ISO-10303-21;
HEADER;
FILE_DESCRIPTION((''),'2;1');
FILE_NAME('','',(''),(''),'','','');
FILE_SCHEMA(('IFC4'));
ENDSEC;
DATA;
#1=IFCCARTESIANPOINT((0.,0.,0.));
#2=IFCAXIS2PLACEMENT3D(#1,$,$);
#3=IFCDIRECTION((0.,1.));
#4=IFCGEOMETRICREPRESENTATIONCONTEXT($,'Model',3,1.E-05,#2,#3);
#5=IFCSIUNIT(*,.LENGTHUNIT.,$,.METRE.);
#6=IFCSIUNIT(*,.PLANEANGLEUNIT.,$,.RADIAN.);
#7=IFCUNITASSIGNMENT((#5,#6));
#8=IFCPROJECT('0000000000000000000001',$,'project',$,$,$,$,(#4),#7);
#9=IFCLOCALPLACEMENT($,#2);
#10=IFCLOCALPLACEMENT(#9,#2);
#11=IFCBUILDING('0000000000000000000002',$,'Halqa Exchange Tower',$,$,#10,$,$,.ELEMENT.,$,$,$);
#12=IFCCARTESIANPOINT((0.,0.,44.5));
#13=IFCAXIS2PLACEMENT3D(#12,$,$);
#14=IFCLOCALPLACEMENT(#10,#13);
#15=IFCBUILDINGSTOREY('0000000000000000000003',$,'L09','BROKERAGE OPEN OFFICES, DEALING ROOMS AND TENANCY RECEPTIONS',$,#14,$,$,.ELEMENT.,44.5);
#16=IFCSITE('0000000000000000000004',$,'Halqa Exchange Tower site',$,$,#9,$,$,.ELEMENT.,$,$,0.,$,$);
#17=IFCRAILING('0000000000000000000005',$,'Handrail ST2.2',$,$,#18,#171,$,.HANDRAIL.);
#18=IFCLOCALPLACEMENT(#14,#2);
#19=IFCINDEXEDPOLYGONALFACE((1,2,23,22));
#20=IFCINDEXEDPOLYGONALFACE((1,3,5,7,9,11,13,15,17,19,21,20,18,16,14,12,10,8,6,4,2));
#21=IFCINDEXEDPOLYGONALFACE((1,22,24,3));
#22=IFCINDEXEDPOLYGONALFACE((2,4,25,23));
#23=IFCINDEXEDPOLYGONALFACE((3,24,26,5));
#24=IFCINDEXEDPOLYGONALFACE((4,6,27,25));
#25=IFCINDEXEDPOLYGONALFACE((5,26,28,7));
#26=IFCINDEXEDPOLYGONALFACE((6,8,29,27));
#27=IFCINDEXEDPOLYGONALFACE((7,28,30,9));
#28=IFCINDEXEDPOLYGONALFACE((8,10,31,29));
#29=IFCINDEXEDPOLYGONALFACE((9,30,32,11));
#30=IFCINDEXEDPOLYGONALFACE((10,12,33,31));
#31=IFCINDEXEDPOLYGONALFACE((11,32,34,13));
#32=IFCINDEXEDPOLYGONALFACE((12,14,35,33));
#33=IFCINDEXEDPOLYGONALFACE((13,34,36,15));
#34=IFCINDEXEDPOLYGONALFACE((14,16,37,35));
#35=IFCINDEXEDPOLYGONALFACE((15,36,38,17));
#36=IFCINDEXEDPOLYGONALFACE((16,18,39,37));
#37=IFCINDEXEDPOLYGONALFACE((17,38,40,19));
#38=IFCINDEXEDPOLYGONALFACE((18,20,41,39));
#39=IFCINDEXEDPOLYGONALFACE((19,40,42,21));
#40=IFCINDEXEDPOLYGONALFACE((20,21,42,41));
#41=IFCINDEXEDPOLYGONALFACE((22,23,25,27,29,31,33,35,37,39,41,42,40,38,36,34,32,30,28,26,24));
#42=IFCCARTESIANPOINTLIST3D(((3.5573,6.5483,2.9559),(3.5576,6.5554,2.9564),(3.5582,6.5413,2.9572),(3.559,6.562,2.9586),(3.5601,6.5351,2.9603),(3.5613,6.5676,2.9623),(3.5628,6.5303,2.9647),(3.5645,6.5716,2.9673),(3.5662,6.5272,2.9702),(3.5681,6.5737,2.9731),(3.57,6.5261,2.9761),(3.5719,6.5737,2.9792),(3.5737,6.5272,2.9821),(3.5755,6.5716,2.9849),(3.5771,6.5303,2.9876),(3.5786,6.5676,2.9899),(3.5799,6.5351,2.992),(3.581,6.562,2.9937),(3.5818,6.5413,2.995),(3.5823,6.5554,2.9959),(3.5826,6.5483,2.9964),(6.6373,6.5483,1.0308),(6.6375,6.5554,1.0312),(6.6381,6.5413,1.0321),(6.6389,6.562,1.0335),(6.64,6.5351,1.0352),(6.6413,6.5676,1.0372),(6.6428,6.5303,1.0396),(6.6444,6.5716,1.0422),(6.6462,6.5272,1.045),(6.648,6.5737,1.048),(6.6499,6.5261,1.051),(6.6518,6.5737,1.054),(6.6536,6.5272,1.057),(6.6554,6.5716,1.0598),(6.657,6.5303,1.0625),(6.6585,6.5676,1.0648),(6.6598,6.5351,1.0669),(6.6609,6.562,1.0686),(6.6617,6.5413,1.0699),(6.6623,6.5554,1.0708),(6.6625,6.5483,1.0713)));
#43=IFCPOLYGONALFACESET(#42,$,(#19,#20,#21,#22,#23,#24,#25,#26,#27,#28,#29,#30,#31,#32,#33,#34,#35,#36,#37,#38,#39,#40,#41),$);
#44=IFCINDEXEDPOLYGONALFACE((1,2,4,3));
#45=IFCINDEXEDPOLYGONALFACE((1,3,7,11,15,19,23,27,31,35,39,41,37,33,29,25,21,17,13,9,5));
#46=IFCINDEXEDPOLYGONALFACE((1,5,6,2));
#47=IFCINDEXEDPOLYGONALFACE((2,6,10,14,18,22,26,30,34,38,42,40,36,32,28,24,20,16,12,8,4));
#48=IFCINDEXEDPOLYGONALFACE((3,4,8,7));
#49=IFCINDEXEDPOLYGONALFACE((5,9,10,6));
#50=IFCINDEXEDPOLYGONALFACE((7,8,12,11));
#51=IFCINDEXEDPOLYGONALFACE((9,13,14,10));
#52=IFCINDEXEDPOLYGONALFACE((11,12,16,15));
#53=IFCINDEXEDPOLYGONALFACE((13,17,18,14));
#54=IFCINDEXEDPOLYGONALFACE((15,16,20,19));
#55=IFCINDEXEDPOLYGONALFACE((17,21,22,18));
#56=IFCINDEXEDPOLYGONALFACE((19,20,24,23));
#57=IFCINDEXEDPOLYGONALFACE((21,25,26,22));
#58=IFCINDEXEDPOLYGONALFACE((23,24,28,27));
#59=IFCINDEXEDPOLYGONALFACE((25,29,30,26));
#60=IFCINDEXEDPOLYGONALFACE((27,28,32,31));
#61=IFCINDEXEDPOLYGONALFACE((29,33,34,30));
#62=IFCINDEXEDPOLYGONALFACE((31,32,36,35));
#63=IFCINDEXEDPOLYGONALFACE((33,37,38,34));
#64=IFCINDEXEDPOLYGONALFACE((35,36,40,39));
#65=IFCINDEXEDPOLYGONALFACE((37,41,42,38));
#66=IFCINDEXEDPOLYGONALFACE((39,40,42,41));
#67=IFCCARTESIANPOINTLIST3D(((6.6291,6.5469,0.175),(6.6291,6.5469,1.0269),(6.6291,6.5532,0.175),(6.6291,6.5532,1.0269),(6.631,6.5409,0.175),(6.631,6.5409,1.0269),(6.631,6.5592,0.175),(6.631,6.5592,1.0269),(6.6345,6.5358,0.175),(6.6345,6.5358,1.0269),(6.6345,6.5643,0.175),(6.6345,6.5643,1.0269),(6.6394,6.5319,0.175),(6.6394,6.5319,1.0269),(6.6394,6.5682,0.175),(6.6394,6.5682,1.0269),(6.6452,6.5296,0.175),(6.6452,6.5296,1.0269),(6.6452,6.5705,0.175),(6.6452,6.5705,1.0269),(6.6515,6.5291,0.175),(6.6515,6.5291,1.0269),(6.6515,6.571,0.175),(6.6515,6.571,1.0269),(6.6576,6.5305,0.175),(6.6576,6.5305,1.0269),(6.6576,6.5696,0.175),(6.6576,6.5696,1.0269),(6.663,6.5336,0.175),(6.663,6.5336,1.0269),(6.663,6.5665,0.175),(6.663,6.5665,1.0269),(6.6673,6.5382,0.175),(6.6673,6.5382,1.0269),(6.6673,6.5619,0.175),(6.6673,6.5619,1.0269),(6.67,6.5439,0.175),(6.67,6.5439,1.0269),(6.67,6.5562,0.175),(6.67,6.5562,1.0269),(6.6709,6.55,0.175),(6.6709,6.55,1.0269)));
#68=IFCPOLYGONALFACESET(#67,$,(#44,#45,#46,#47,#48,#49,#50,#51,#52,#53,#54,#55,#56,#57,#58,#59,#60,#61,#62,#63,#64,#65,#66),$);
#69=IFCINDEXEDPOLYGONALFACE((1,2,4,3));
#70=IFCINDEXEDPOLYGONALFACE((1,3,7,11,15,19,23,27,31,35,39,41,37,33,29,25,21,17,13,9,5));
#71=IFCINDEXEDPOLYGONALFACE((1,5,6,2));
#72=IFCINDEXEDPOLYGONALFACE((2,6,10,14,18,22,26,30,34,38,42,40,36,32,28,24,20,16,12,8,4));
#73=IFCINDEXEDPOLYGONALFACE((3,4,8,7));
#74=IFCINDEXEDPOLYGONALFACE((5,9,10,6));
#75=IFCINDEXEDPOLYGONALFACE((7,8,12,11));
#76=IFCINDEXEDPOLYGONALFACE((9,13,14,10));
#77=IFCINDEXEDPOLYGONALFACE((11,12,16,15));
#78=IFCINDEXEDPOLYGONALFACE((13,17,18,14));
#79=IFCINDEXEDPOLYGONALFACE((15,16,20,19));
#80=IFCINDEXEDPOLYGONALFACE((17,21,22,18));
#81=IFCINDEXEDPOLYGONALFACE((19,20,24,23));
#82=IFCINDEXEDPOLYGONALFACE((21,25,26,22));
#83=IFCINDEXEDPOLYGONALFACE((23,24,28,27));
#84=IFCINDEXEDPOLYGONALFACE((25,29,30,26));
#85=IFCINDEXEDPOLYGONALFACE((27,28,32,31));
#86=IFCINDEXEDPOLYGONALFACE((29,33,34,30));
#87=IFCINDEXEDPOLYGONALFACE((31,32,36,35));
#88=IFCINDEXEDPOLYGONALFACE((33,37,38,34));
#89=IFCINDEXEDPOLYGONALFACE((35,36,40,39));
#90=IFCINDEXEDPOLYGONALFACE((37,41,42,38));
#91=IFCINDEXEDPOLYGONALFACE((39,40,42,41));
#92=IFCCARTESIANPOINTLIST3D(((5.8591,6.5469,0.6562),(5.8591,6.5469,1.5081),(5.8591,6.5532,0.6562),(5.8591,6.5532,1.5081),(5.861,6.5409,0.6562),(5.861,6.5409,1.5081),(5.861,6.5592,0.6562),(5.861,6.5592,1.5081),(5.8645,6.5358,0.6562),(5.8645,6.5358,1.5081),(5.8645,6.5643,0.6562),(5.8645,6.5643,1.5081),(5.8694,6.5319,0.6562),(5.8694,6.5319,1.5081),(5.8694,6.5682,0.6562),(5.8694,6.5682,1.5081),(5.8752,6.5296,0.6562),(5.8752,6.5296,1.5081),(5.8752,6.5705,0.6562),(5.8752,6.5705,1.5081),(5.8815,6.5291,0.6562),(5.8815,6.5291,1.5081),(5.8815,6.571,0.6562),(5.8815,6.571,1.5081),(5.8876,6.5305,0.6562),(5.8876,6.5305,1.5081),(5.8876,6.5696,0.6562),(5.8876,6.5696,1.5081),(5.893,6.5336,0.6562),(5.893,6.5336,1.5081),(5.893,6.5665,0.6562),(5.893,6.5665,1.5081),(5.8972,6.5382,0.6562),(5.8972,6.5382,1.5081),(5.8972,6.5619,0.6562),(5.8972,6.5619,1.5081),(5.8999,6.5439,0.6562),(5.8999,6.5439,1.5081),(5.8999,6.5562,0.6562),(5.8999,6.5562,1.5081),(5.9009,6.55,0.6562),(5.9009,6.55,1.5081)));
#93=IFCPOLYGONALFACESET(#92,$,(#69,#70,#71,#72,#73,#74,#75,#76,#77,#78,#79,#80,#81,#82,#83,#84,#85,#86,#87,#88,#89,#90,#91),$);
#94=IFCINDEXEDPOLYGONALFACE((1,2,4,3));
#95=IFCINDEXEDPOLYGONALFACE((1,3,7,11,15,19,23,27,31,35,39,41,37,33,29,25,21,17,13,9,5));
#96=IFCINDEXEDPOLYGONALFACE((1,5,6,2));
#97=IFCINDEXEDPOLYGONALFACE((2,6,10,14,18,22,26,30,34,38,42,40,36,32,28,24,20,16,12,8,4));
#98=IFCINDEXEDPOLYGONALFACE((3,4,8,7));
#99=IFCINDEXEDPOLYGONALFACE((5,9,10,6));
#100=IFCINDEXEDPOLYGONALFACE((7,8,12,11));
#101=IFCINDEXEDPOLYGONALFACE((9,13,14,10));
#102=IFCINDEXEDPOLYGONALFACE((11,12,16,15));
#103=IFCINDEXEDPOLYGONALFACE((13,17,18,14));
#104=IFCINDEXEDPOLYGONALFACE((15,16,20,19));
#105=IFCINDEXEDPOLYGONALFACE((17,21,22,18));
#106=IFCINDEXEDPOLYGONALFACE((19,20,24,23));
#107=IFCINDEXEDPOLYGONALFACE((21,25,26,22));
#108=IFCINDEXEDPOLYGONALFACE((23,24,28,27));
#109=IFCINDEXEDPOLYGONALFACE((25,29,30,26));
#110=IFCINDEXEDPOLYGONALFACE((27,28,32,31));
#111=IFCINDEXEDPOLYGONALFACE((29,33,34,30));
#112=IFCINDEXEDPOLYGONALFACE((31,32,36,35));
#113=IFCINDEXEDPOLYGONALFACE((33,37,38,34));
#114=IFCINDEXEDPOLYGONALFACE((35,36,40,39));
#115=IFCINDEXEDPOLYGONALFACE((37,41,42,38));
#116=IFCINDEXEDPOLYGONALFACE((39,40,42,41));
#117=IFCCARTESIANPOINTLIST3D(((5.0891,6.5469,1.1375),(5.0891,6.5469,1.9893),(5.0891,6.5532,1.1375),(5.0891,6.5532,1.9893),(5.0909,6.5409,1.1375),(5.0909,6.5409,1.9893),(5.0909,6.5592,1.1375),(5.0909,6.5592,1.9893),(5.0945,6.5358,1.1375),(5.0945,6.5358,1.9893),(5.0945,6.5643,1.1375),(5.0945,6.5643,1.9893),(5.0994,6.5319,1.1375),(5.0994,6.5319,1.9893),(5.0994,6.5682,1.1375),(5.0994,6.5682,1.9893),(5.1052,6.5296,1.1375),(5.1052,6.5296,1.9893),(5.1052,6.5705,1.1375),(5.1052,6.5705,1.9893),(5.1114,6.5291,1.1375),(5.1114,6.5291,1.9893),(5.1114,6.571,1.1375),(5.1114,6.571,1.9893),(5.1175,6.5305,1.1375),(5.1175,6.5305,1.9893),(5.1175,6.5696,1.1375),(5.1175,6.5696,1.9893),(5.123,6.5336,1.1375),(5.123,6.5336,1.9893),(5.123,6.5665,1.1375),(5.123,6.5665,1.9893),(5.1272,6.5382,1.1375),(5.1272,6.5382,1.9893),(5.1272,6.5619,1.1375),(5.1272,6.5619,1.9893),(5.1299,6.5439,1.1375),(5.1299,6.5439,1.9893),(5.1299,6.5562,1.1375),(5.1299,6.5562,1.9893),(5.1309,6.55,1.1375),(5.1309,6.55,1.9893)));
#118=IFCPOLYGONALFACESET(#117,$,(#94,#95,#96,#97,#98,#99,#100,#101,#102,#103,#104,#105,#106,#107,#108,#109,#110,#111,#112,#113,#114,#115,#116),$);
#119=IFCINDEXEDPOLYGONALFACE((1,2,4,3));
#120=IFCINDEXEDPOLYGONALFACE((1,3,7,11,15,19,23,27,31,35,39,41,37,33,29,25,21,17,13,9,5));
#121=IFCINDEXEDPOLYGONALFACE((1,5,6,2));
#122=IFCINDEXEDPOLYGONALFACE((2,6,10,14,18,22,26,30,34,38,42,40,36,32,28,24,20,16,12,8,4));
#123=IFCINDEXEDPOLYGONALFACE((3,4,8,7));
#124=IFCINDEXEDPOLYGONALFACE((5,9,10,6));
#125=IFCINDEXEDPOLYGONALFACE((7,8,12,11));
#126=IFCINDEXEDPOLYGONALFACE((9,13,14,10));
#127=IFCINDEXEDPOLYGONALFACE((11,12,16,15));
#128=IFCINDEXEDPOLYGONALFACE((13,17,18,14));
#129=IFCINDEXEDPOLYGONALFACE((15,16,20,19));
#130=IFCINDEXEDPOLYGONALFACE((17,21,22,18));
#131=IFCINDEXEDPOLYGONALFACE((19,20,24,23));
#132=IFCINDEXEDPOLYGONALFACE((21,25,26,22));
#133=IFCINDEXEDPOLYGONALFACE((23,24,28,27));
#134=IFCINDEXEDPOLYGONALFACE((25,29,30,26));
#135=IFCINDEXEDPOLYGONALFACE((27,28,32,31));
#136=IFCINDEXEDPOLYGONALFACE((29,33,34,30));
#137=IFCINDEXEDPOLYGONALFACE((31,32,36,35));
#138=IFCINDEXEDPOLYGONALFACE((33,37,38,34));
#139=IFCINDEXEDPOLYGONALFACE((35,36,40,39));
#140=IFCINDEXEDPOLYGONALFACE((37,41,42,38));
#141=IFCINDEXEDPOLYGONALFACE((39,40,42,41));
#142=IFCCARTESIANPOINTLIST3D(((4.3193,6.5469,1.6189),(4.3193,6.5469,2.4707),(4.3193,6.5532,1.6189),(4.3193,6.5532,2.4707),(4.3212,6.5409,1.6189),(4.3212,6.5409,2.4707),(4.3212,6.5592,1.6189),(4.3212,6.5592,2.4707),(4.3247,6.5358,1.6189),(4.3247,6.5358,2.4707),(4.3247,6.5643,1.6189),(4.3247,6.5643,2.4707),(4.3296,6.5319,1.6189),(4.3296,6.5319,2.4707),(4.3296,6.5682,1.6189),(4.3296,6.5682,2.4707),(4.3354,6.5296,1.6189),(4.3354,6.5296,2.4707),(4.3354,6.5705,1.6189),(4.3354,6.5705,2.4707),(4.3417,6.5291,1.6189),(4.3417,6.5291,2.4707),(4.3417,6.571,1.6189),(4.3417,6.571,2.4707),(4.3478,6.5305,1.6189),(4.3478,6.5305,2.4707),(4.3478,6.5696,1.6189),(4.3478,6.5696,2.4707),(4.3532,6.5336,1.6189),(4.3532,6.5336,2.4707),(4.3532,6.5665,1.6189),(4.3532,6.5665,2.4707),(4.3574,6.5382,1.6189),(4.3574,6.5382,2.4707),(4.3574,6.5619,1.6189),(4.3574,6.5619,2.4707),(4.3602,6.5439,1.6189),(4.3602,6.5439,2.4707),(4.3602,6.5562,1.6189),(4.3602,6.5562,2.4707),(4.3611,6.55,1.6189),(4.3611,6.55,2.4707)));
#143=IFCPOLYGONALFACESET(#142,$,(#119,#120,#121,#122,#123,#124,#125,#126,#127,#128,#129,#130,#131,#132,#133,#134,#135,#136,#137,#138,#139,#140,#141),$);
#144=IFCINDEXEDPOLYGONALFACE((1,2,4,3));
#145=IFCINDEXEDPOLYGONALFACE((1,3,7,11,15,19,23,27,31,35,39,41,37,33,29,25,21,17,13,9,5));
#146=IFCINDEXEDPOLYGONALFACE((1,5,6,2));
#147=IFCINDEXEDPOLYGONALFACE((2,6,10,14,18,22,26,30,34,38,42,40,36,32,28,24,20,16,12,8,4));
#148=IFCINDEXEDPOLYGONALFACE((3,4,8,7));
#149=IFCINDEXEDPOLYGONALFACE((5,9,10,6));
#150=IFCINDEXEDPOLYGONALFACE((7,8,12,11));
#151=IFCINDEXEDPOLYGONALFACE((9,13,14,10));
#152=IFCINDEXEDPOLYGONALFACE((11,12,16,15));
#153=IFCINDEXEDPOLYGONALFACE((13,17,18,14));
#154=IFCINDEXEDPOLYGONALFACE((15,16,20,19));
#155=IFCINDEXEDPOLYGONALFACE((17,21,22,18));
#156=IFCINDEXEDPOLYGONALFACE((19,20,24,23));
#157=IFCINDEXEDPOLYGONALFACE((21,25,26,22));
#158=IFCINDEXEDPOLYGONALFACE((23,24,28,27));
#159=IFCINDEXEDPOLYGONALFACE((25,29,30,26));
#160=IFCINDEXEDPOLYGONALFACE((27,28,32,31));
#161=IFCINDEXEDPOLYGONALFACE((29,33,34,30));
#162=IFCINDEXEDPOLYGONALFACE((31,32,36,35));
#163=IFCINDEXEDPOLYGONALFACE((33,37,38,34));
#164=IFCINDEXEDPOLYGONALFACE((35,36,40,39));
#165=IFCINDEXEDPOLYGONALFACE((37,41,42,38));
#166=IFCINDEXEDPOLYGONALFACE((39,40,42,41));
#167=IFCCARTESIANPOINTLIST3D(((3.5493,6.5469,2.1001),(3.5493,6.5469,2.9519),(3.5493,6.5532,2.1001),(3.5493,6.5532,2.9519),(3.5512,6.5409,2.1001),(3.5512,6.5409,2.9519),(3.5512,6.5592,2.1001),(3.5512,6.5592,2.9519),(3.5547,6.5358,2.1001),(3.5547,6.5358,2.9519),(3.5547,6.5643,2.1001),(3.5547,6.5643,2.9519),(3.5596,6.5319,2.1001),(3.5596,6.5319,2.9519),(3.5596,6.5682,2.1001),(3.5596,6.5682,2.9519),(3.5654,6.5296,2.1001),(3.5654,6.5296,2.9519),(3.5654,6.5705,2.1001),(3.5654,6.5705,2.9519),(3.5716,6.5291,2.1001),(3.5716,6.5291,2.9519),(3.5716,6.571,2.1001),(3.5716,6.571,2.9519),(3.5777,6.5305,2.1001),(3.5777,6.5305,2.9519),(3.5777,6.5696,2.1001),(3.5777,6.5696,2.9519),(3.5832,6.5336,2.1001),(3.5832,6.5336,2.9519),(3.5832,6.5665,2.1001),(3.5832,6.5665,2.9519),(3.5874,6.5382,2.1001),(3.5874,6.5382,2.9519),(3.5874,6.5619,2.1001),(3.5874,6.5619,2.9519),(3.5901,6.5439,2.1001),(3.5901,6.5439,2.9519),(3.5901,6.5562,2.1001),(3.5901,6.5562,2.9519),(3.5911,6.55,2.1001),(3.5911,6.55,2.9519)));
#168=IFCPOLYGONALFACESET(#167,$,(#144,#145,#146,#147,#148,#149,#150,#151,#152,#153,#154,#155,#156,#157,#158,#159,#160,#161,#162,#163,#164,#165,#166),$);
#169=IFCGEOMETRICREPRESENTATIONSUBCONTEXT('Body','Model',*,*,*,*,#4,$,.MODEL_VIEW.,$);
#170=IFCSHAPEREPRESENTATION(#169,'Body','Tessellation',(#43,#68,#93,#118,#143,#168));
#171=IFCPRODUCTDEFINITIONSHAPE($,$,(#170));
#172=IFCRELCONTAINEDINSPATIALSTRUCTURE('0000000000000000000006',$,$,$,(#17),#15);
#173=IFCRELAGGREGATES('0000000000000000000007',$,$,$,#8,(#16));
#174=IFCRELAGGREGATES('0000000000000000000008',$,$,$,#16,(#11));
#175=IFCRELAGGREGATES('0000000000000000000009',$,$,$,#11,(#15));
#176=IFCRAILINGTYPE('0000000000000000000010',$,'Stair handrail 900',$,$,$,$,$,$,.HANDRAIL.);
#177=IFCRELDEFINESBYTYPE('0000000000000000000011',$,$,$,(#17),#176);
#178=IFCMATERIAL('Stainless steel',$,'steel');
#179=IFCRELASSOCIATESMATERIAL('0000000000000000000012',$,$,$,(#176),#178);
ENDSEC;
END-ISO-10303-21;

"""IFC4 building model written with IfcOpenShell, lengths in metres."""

from ifc_helpers import new_model, si_unit, direction, frame, origin, origin_2d, place, context, subcontext, project, spatial, circle, extrude, material, type_object, element, save


model = new_model("IFC4")

# Units and contexts
model_context = context("Model", 3, precision=1e-05, world=origin(), true_north=direction((0.0, 1.0)))
body_context = subcontext(model_context, "Body", "Model", "MODEL_VIEW")
ifc_project = project(units=[si_unit("LENGTHUNIT", "METRE"), si_unit("PLANEANGLEUNIT", "RADIAN")], contexts=[model_context])

# Site, building, storey
site_placement = place(None, origin())
site = spatial("IfcSite", under=ifc_project, at=site_placement, Name="Halqa Exchange Tower site", CompositionType="ELEMENT", RefElevation=0.0)
building_placement = place(site_placement, origin())
building = spatial("IfcBuilding", under=site, at=building_placement, Name="Halqa Exchange Tower", CompositionType="ELEMENT")
storey_placement = place(building_placement, frame((0.0, 0.0, 44.5)))
storey = spatial("IfcBuildingStorey", under=building, at=storey_placement, Name="L09", Description="BROKERAGE OPEN OFFICES, DEALING ROOMS AND TENANCY RECEPTIONS", CompositionType="ELEMENT", Elevation=44.5)

# Railing
ifc_material_1 = material(Name="Stainless steel", Category="steel")
railing_type_1 = type_object("IfcRailingType", Name="Stair handrail 900", PredefinedType="HANDRAIL", material=ifc_material_1)
railing_1_placement = place(storey_placement, frame((6.6499, 6.55, 0.175)))
element("IfcRailing", 1, at=railing_1_placement, inside=storey, type_object=railing_type_1, Name="Handrail ST2.2", PredefinedType="HANDRAIL", context=body_context, shape_type="SweptSolid", body=[
    extrude(circle(Radius=0.0239, at=origin_2d()), frame((0.0, 0.0, 0.876), z_axis=(-0.847979, 0.0, 0.530029), x_axis=(0.0, -1.0, 0.0)), (0.0, 0.0, 1.0), 3.6321),
    extrude(circle(Radius=0.021, at=origin_2d()), origin(), (0.0, 0.0, 1.0), 0.8518),
    extrude(circle(Radius=0.021, at=origin_2d()), frame((-0.77, 0.0, 0.4812)), (0.0, 0.0, 1.0), 0.8518),
    extrude(circle(Radius=0.021, at=origin_2d()), frame((-1.54, 0.0, 0.9624)), (0.0, 0.0, 1.0), 0.8518),
    extrude(circle(Radius=0.021, at=origin_2d()), frame((-2.3098, 0.0, 1.4438)), (0.0, 0.0, 1.0), 0.8518),
    extrude(circle(Radius=0.021, at=origin_2d()), frame((-3.0798, 0.0, 1.925)), (0.0, 0.0, 1.0), 0.8518),
])

save(model, "model.ifc")
